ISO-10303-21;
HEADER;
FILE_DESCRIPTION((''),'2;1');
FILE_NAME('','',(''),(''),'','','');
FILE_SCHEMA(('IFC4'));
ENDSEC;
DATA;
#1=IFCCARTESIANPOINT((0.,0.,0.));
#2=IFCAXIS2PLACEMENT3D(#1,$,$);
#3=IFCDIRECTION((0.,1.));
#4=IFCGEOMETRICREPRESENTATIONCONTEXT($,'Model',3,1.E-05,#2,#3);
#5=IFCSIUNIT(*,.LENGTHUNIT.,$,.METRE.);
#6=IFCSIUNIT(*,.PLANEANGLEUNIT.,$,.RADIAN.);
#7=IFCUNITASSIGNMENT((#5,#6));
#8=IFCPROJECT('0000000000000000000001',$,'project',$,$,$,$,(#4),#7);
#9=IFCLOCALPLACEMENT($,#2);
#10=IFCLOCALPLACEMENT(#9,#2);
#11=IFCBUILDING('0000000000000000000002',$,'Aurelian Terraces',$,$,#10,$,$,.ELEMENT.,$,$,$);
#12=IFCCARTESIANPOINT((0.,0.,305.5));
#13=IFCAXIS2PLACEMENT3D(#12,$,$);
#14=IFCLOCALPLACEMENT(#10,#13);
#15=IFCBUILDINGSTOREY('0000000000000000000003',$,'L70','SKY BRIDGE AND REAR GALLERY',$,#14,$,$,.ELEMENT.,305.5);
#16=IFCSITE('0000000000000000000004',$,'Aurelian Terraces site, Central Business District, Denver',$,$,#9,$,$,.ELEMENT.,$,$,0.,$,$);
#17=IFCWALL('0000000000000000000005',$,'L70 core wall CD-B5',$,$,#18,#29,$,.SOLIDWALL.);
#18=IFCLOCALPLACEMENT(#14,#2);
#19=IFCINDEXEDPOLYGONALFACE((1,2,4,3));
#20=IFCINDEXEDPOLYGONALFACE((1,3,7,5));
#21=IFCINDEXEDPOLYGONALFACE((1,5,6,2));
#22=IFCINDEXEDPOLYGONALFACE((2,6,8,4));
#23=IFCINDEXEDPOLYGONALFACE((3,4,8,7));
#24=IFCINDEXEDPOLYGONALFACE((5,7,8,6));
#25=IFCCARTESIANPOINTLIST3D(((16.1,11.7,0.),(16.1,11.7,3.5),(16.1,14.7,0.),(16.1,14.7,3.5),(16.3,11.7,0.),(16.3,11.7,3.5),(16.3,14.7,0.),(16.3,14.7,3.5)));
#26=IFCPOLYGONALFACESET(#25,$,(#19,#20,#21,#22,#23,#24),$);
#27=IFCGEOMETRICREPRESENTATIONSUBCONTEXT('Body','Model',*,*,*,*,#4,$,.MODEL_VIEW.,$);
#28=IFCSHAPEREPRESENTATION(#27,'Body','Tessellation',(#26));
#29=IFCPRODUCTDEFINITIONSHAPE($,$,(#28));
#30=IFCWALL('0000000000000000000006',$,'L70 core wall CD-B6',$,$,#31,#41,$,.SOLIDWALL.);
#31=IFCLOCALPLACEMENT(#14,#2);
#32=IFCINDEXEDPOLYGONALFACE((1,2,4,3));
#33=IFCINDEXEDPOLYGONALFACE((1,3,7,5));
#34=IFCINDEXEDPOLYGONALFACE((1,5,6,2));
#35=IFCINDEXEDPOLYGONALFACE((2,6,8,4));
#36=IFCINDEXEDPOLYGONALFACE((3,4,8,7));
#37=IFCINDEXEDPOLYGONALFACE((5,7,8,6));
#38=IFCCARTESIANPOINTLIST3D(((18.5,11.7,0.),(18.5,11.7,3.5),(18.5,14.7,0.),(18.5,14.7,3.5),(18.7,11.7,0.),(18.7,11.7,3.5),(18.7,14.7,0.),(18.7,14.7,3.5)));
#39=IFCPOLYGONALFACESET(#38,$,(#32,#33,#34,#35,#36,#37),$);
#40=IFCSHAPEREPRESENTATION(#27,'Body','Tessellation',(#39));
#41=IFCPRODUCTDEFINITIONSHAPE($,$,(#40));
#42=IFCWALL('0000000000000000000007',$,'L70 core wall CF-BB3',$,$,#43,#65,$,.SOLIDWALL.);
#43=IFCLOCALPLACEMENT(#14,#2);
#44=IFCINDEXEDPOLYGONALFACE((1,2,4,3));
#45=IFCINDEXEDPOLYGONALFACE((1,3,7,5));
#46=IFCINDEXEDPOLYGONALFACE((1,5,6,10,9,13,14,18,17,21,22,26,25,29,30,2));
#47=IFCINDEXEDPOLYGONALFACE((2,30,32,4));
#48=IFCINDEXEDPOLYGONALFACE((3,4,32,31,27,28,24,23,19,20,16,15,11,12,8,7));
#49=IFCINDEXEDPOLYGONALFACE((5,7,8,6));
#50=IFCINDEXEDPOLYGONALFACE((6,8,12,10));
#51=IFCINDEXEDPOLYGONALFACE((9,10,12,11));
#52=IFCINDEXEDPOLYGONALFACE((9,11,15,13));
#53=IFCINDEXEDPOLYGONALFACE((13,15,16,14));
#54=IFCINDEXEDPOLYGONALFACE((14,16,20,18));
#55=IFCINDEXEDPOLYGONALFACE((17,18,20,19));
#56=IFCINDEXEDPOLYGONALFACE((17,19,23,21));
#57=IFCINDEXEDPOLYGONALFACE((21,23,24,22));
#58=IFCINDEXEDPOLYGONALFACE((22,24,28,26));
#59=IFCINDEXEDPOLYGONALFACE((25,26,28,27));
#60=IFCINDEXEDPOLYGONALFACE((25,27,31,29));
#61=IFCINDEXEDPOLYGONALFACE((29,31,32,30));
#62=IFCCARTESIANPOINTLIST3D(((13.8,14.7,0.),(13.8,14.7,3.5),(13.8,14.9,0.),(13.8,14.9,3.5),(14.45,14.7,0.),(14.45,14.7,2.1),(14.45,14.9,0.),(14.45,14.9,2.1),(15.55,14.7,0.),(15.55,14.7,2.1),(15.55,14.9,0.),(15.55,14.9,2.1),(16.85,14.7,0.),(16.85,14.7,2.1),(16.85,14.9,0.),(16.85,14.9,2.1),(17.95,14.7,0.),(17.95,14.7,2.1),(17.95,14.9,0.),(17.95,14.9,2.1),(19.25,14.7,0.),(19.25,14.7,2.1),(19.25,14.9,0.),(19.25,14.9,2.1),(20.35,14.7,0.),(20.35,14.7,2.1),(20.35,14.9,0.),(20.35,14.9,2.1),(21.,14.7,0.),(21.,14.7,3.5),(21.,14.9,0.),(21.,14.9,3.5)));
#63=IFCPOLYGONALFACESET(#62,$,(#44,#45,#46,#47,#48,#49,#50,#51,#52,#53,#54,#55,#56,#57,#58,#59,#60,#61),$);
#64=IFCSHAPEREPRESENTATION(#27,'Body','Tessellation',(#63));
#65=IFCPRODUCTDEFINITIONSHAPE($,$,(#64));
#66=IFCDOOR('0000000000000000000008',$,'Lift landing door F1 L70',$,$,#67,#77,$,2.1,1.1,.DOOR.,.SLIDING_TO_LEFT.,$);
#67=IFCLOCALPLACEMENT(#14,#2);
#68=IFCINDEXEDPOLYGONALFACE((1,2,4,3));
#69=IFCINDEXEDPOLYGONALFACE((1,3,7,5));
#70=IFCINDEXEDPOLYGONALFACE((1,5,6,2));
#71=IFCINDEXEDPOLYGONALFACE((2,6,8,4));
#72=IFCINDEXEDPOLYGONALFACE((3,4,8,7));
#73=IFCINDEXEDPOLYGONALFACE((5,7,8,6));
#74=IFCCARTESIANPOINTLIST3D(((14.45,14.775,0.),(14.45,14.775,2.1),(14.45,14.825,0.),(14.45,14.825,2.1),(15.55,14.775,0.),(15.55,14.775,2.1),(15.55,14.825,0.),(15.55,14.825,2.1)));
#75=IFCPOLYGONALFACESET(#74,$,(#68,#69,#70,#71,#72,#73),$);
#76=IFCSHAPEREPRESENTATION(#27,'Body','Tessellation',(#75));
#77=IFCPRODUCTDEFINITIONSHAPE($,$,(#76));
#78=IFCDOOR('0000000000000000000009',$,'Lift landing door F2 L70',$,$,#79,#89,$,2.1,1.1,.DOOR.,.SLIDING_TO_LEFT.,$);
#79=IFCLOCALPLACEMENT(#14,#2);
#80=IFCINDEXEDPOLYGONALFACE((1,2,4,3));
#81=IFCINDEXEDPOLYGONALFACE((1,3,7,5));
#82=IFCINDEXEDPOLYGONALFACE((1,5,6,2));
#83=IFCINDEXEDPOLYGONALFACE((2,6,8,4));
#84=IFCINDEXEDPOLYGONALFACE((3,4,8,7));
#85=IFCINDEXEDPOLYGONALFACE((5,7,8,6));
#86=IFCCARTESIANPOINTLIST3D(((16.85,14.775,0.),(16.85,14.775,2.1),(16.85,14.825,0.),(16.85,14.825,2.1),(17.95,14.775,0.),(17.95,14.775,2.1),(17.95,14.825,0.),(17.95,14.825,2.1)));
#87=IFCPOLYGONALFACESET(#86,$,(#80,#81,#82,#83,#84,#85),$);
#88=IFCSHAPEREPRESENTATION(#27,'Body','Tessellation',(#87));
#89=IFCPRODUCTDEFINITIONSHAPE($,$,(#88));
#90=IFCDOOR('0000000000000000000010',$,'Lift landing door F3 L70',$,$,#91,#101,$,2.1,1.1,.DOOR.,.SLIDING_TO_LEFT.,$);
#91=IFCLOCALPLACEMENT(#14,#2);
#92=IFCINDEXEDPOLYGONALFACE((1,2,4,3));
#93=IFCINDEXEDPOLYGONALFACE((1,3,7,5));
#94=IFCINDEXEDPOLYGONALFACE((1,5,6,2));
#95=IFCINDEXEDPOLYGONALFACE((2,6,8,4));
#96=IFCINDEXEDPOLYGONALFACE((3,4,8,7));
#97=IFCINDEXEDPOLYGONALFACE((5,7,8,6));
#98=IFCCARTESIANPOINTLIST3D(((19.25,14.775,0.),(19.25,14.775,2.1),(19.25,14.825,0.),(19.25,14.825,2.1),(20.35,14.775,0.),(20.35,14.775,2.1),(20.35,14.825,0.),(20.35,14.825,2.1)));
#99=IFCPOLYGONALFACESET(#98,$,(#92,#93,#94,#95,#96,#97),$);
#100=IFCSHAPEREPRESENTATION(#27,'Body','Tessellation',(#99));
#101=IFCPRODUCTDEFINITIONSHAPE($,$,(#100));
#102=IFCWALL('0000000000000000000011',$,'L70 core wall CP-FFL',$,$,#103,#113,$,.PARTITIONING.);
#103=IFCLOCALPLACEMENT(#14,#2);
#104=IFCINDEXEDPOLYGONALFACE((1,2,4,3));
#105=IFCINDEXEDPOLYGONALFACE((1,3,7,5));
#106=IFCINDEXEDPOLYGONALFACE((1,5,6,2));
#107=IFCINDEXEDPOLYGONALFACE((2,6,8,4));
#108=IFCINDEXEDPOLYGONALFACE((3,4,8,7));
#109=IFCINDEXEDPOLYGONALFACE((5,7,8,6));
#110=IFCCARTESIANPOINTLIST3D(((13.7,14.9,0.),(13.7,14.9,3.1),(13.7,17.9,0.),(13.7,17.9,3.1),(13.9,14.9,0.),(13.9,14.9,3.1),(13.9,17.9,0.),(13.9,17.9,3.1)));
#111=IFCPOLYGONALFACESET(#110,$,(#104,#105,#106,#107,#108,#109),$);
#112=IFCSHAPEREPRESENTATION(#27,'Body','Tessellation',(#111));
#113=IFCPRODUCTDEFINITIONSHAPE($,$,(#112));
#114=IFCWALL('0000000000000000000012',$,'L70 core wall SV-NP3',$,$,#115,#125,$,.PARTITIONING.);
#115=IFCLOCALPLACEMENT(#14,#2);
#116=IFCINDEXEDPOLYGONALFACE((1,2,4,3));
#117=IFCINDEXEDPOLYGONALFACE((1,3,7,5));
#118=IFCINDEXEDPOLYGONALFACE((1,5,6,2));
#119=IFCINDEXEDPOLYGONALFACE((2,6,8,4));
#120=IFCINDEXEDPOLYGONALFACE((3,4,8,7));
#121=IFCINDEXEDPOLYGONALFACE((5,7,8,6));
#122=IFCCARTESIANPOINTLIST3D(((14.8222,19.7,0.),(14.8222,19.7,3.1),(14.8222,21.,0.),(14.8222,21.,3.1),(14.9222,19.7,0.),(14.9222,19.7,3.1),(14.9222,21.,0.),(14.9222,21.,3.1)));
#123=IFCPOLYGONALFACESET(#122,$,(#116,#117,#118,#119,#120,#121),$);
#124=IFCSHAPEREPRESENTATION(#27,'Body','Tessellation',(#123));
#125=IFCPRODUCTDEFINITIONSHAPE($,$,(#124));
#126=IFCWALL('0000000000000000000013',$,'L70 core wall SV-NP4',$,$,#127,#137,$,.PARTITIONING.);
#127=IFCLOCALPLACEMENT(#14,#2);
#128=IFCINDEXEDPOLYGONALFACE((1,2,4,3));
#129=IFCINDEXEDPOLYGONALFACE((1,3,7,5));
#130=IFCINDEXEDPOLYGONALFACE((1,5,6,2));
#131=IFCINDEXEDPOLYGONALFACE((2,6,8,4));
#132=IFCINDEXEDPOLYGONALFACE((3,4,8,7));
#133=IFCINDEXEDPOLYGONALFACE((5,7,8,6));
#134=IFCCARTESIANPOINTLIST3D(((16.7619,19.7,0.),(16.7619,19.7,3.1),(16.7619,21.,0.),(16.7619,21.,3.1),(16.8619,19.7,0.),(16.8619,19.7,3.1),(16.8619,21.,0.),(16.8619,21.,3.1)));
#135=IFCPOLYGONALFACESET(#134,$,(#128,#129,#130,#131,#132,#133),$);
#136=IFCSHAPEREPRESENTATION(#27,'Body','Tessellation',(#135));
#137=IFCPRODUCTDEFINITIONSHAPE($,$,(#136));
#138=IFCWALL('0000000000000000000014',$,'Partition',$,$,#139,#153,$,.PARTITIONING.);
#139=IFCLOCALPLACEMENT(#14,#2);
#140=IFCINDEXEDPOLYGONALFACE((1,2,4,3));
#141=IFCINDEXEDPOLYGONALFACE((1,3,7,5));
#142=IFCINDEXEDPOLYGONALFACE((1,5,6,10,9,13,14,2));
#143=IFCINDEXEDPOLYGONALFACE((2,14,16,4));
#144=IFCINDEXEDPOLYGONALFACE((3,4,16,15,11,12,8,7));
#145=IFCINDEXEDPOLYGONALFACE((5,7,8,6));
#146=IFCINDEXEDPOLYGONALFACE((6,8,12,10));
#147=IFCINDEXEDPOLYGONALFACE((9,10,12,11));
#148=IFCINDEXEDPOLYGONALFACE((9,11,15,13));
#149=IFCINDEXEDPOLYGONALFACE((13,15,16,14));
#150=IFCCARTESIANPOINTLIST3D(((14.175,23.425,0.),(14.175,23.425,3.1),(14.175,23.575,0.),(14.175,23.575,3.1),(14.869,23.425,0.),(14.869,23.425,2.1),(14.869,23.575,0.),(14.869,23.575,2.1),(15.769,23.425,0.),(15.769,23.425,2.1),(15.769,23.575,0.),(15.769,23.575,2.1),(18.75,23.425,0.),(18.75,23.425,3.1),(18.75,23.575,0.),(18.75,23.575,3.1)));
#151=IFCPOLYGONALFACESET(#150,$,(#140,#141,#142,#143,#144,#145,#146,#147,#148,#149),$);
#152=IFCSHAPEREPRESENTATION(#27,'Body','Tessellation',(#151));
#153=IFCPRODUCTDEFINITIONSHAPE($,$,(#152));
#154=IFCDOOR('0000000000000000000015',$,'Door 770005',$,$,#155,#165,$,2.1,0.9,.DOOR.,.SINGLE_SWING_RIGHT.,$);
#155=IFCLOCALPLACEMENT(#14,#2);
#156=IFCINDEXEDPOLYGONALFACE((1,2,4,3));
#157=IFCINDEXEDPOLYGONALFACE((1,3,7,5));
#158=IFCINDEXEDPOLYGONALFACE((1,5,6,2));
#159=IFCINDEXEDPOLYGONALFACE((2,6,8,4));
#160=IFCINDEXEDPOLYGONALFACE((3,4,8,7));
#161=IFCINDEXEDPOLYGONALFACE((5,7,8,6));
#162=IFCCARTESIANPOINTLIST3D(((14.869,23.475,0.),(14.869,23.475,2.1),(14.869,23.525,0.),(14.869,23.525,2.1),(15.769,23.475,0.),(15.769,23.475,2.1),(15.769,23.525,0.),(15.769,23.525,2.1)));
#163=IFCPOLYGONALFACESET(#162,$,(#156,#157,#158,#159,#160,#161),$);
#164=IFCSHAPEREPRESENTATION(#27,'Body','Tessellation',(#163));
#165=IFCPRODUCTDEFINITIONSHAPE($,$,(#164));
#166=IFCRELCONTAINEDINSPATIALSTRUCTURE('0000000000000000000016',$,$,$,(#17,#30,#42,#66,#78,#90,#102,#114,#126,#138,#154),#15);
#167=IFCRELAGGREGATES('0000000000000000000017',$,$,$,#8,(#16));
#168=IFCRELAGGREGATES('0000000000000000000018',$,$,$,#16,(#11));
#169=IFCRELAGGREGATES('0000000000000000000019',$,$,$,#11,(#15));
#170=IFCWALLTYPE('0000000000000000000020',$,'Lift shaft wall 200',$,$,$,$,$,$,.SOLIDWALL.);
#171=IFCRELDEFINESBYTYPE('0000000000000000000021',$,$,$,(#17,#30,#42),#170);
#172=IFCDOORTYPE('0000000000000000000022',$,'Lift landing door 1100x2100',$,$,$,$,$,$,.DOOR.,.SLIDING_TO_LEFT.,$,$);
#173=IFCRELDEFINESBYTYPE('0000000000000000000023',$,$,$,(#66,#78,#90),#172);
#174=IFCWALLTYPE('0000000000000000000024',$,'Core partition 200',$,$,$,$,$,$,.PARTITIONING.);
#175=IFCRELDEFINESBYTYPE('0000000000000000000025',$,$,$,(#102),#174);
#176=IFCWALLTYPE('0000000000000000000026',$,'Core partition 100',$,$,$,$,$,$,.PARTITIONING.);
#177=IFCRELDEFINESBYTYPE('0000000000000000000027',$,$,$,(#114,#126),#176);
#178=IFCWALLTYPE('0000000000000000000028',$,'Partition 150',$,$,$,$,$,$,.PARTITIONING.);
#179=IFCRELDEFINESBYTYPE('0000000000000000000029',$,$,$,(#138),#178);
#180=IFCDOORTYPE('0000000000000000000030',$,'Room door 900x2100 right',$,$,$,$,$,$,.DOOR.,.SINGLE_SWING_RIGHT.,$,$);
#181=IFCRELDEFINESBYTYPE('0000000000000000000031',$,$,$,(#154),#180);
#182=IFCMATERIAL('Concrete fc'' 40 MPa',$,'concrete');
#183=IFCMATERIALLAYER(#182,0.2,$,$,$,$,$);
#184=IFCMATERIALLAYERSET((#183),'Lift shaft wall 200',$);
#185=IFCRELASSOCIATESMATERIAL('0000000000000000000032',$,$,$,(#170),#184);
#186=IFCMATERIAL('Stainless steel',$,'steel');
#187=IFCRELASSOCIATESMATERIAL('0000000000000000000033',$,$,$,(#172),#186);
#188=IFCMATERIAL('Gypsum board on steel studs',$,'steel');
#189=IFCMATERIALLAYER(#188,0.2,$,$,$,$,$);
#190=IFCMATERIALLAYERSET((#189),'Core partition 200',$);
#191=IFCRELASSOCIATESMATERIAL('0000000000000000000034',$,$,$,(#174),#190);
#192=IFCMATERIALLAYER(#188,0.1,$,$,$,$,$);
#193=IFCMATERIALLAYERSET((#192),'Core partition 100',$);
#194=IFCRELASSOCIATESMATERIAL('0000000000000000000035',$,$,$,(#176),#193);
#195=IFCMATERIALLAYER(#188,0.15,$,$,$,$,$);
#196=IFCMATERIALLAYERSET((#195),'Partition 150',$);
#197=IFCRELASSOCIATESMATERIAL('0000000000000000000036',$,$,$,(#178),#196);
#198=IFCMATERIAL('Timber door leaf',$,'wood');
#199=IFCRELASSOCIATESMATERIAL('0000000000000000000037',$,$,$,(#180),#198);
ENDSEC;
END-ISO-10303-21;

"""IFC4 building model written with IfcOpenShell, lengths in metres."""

from ifc_helpers import new_model, si_unit, direction, frame, frame_2d, origin, place, context, subcontext, project, spatial, rectangle, extrude, source, transform, mapped, material, layer, layer_set, type_object, element, fill, save


model = new_model("IFC4")

# Units and contexts
model_context = context("Model", 3, precision=1e-05, world=origin(), true_north=direction((0.0, 1.0)))
body_context = subcontext(model_context, "Body", "Model", "MODEL_VIEW")
ifc_project = project(units=[si_unit("LENGTHUNIT", "METRE"), si_unit("PLANEANGLEUNIT", "RADIAN")], contexts=[model_context])

# Site, building, storey
site_placement = place(None, origin())
site = spatial("IfcSite", under=ifc_project, at=site_placement, Name="Aurelian Terraces site, Central Business District, Denver", CompositionType="ELEMENT", RefElevation=0.0)
building_placement = place(site_placement, origin())
building = spatial("IfcBuilding", under=site, at=building_placement, Name="Aurelian Terraces", CompositionType="ELEMENT")
storey_placement = place(building_placement, frame((0.0, 0.0, 305.5)))
storey = spatial("IfcBuildingStorey", under=building, at=storey_placement, Name="L70", Description="SKY BRIDGE AND REAR GALLERY", CompositionType="ELEMENT", Elevation=305.5)

# Walls
ifc_material_1 = material(Name="Concrete fc' 40 MPa", Category="concrete")
ifc_layer_1 = layer(ifc_material_1, 0.2)
ifc_layer_set_1 = layer_set([ifc_layer_1], Name="Lift shaft wall 200")
wall_type_1 = type_object("IfcWallType", Name="Lift shaft wall 200", PredefinedType="SOLIDWALL", material=ifc_layer_set_1)
shared_shape_1 = source(origin(), body_context, "Body", "SweptSolid", [
    extrude(rectangle(XDim=3.0, YDim=0.2, at=frame_2d((1.5, 0.0))), origin(), (0.0, 0.0, 1.0), 3.5),
])
for number, where, z_axis, x_axis, name in (
    (1, (16.2, 11.7, 0.0), (0.0, 0.0, 1.0), (0.0, 1.0, 0.0), "L70 core wall CD-B5"),
    (2, (18.6, 11.7, 0.0), (0.0, 0.0, 1.0), (0.0, 1.0, 0.0), "L70 core wall CD-B6"),
):
    element("IfcWall", number, at=place(storey_placement, frame(where, z_axis=z_axis, x_axis=x_axis)), inside=storey, type_object=wall_type_1, Name=name, PredefinedType="SOLIDWALL", context=body_context, shape_type="MappedRepresentation", body=[
        mapped(shared_shape_1, transform((0.0, 0.0, 0.0), scale=1.0)),
    ])

# Wall, openings, doors
shared_shape_2 = source(origin(), body_context, "Body", "SweptSolid", [
    extrude(rectangle(XDim=7.2, YDim=0.2, at=frame_2d((3.6, 0.0))), origin(), (0.0, 0.0, 1.0), 3.5),
])
wall_1_placement = place(storey_placement, frame((13.8, 14.8, 0.0), z_axis=(0.0, 0.0, 1.0), x_axis=(1.0, 0.0, 0.0)))
wall_1 = element("IfcWall", 3, at=wall_1_placement, inside=storey, type_object=wall_type_1, Name="L70 core wall CF-BB3", PredefinedType="SOLIDWALL", context=body_context, shape_type="MappedRepresentation", body=[
    mapped(shared_shape_2, transform((0.0, 0.0, 0.0), scale=1.0)),
])
shared_shape_3 = source(origin(), body_context, "Body", "SweptSolid", [
    extrude(rectangle(XDim=1.1, YDim=2.1, at=frame_2d((0.55, 1.05))), frame((0.0, 0.11, 0.0), z_axis=(0.0, -1.0, 0.0), x_axis=(1.0, 0.0, 0.0)), (0.0, 0.0, 1.0), 0.22),
])
opening_1_placement = place(wall_1_placement, frame((0.65, 0.0, 0.0)))
opening_1 = element("IfcOpeningElement", 4, at=opening_1_placement, cuts=wall_1, PredefinedType="OPENING", context=body_context, shape_type="MappedRepresentation", body=[
    mapped(shared_shape_3, transform((0.0, 0.0, 0.0), scale=1.0)),
])
opening_2_placement = place(wall_1_placement, frame((3.05, 0.0, 0.0)))
opening_2 = element("IfcOpeningElement", 5, at=opening_2_placement, cuts=wall_1, PredefinedType="OPENING", context=body_context, shape_type="MappedRepresentation", body=[
    mapped(shared_shape_3, transform((0.0, 0.0, 0.0), scale=1.0)),
])
opening_3_placement = place(wall_1_placement, frame((5.45, 0.0, 0.0)))
opening_3 = element("IfcOpeningElement", 6, at=opening_3_placement, cuts=wall_1, PredefinedType="OPENING", context=body_context, shape_type="MappedRepresentation", body=[
    mapped(shared_shape_3, transform((0.0, 0.0, 0.0), scale=1.0)),
])
ifc_material_2 = material(Name="Stainless steel", Category="steel")
door_type_1 = type_object("IfcDoorType", Name="Lift landing door 1100x2100", OperationType="SLIDING_TO_LEFT", PredefinedType="DOOR", material=ifc_material_2)
shared_shape_4 = source(origin(), body_context, "Body", "SweptSolid", [
    extrude(rectangle(XDim=1.1, YDim=2.1, at=frame_2d((0.55, 1.05))), frame((0.0, 0.025, 0.0), z_axis=(0.0, -1.0, 0.0), x_axis=(1.0, 0.0, 0.0)), (0.0, 0.0, 1.0), 0.05),
])
door_1_placement = place(opening_1_placement, origin())
door_1 = element("IfcDoor", 7, at=door_1_placement, inside=storey, type_object=door_type_1, Name="Lift landing door F1 L70", OperationType="SLIDING_TO_LEFT", OverallHeight=2.1, OverallWidth=1.1, PredefinedType="DOOR", context=body_context, shape_type="MappedRepresentation", body=[
    mapped(shared_shape_4, transform((0.0, 0.0, 0.0), scale=1.0)),
])
fill(opening_1, door_1)
door_2_placement = place(opening_2_placement, origin())
door_2 = element("IfcDoor", 8, at=door_2_placement, inside=storey, type_object=door_type_1, Name="Lift landing door F2 L70", OperationType="SLIDING_TO_LEFT", OverallHeight=2.1, OverallWidth=1.1, PredefinedType="DOOR", context=body_context, shape_type="MappedRepresentation", body=[
    mapped(shared_shape_4, transform((0.0, 0.0, 0.0), scale=1.0)),
])
fill(opening_2, door_2)
door_3_placement = place(opening_3_placement, origin())
door_3 = element("IfcDoor", 9, at=door_3_placement, inside=storey, type_object=door_type_1, Name="Lift landing door F3 L70", OperationType="SLIDING_TO_LEFT", OverallHeight=2.1, OverallWidth=1.1, PredefinedType="DOOR", context=body_context, shape_type="MappedRepresentation", body=[
    mapped(shared_shape_4, transform((0.0, 0.0, 0.0), scale=1.0)),
])
fill(opening_3, door_3)

# Walls
ifc_material_3 = material(Name="Gypsum board on steel studs", Category="steel")
ifc_layer_2 = layer(ifc_material_3, 0.2)
ifc_layer_set_2 = layer_set([ifc_layer_2], Name="Core partition 200")
wall_type_2 = type_object("IfcWallType", Name="Core partition 200", PredefinedType="PARTITIONING", material=ifc_layer_set_2)
shared_shape_5 = source(origin(), body_context, "Body", "SweptSolid", [
    extrude(rectangle(XDim=3.0, YDim=0.2, at=frame_2d((1.5, 0.0))), origin(), (0.0, 0.0, 1.0), 3.1),
])
wall_2_placement = place(storey_placement, frame((13.8, 14.9, 0.0), z_axis=(0.0, 0.0, 1.0), x_axis=(0.0, 1.0, 0.0)))
element("IfcWall", 10, at=wall_2_placement, inside=storey, type_object=wall_type_2, Name="L70 core wall CP-FFL", PredefinedType="PARTITIONING", context=body_context, shape_type="MappedRepresentation", body=[
    mapped(shared_shape_5, transform((0.0, 0.0, 0.0), scale=1.0)),
])
ifc_layer_3 = layer(ifc_material_3, 0.1)
ifc_layer_set_3 = layer_set([ifc_layer_3], Name="Core partition 100")
wall_type_3 = type_object("IfcWallType", Name="Core partition 100", PredefinedType="PARTITIONING", material=ifc_layer_set_3)
shared_shape_6 = source(origin(), body_context, "Body", "SweptSolid", [
    extrude(rectangle(XDim=1.3, YDim=0.1, at=frame_2d((0.65, 0.0))), origin(), (0.0, 0.0, 1.0), 3.1),
])
for number, where, z_axis, x_axis, name in (
    (11, (14.8722, 19.7, 0.0), (0.0, 0.0, 1.0), (0.0, 1.0, 0.0), "L70 core wall SV-NP3"),
    (12, (16.8119, 19.7, 0.0), (0.0, 0.0, 1.0), (0.0, 1.0, 0.0), "L70 core wall SV-NP4"),
):
    element("IfcWall", number, at=place(storey_placement, frame(where, z_axis=z_axis, x_axis=x_axis)), inside=storey, type_object=wall_type_3, Name=name, PredefinedType="PARTITIONING", context=body_context, shape_type="MappedRepresentation", body=[
        mapped(shared_shape_6, transform((0.0, 0.0, 0.0), scale=1.0)),
    ])

# Wall, opening, door
ifc_layer_4 = layer(ifc_material_3, 0.15)
ifc_layer_set_4 = layer_set([ifc_layer_4], Name="Partition 150")
wall_type_4 = type_object("IfcWallType", Name="Partition 150", PredefinedType="PARTITIONING", material=ifc_layer_set_4)
shared_shape_7 = source(origin(), body_context, "Body", "SweptSolid", [
    extrude(rectangle(XDim=4.575, YDim=0.15, at=frame_2d((2.2875, 0.0))), origin(), (0.0, 0.0, 1.0), 3.1),
])
wall_3_placement = place(storey_placement, frame((14.175, 23.5, 0.0), z_axis=(0.0, 0.0, 1.0), x_axis=(1.0, 0.0, 0.0)))
wall_3 = element("IfcWall", 13, at=wall_3_placement, inside=storey, type_object=wall_type_4, Name="Partition", PredefinedType="PARTITIONING", context=body_context, shape_type="MappedRepresentation", body=[
    mapped(shared_shape_7, transform((0.0, 0.0, 0.0), scale=1.0)),
])
shared_shape_8 = source(origin(), body_context, "Body", "SweptSolid", [
    extrude(rectangle(XDim=0.9, YDim=2.1, at=frame_2d((0.45, 1.05))), frame((0.0, 0.085, 0.0), z_axis=(0.0, -1.0, 0.0), x_axis=(1.0, 0.0, 0.0)), (0.0, 0.0, 1.0), 0.17),
])
opening_4_placement = place(wall_3_placement, frame((0.694, 0.0, 0.0)))
opening_4 = element("IfcOpeningElement", 14, at=opening_4_placement, cuts=wall_3, PredefinedType="OPENING", context=body_context, shape_type="MappedRepresentation", body=[
    mapped(shared_shape_8, transform((0.0, 0.0, 0.0), scale=1.0)),
])
ifc_material_4 = material(Name="Timber door leaf", Category="wood")
door_type_2 = type_object("IfcDoorType", Name="Room door 900x2100 right", OperationType="SINGLE_SWING_RIGHT", PredefinedType="DOOR", material=ifc_material_4)
shared_shape_9 = source(origin(), body_context, "Body", "SweptSolid", [
    extrude(rectangle(XDim=0.9, YDim=2.1, at=frame_2d((0.45, 1.05))), frame((0.0, 0.025, 0.0), z_axis=(0.0, -1.0, 0.0), x_axis=(1.0, 0.0, 0.0)), (0.0, 0.0, 1.0), 0.05),
])
door_4_placement = place(opening_4_placement, origin())
door_4 = element("IfcDoor", 15, at=door_4_placement, inside=storey, type_object=door_type_2, Name="Door 770005", OperationType="SINGLE_SWING_RIGHT", OverallHeight=2.1, OverallWidth=0.9, PredefinedType="DOOR", context=body_context, shape_type="MappedRepresentation", body=[
    mapped(shared_shape_9, transform((0.0, 0.0, 0.0), scale=1.0)),
])
fill(opening_4, door_4)

save(model, "model.ifc")
